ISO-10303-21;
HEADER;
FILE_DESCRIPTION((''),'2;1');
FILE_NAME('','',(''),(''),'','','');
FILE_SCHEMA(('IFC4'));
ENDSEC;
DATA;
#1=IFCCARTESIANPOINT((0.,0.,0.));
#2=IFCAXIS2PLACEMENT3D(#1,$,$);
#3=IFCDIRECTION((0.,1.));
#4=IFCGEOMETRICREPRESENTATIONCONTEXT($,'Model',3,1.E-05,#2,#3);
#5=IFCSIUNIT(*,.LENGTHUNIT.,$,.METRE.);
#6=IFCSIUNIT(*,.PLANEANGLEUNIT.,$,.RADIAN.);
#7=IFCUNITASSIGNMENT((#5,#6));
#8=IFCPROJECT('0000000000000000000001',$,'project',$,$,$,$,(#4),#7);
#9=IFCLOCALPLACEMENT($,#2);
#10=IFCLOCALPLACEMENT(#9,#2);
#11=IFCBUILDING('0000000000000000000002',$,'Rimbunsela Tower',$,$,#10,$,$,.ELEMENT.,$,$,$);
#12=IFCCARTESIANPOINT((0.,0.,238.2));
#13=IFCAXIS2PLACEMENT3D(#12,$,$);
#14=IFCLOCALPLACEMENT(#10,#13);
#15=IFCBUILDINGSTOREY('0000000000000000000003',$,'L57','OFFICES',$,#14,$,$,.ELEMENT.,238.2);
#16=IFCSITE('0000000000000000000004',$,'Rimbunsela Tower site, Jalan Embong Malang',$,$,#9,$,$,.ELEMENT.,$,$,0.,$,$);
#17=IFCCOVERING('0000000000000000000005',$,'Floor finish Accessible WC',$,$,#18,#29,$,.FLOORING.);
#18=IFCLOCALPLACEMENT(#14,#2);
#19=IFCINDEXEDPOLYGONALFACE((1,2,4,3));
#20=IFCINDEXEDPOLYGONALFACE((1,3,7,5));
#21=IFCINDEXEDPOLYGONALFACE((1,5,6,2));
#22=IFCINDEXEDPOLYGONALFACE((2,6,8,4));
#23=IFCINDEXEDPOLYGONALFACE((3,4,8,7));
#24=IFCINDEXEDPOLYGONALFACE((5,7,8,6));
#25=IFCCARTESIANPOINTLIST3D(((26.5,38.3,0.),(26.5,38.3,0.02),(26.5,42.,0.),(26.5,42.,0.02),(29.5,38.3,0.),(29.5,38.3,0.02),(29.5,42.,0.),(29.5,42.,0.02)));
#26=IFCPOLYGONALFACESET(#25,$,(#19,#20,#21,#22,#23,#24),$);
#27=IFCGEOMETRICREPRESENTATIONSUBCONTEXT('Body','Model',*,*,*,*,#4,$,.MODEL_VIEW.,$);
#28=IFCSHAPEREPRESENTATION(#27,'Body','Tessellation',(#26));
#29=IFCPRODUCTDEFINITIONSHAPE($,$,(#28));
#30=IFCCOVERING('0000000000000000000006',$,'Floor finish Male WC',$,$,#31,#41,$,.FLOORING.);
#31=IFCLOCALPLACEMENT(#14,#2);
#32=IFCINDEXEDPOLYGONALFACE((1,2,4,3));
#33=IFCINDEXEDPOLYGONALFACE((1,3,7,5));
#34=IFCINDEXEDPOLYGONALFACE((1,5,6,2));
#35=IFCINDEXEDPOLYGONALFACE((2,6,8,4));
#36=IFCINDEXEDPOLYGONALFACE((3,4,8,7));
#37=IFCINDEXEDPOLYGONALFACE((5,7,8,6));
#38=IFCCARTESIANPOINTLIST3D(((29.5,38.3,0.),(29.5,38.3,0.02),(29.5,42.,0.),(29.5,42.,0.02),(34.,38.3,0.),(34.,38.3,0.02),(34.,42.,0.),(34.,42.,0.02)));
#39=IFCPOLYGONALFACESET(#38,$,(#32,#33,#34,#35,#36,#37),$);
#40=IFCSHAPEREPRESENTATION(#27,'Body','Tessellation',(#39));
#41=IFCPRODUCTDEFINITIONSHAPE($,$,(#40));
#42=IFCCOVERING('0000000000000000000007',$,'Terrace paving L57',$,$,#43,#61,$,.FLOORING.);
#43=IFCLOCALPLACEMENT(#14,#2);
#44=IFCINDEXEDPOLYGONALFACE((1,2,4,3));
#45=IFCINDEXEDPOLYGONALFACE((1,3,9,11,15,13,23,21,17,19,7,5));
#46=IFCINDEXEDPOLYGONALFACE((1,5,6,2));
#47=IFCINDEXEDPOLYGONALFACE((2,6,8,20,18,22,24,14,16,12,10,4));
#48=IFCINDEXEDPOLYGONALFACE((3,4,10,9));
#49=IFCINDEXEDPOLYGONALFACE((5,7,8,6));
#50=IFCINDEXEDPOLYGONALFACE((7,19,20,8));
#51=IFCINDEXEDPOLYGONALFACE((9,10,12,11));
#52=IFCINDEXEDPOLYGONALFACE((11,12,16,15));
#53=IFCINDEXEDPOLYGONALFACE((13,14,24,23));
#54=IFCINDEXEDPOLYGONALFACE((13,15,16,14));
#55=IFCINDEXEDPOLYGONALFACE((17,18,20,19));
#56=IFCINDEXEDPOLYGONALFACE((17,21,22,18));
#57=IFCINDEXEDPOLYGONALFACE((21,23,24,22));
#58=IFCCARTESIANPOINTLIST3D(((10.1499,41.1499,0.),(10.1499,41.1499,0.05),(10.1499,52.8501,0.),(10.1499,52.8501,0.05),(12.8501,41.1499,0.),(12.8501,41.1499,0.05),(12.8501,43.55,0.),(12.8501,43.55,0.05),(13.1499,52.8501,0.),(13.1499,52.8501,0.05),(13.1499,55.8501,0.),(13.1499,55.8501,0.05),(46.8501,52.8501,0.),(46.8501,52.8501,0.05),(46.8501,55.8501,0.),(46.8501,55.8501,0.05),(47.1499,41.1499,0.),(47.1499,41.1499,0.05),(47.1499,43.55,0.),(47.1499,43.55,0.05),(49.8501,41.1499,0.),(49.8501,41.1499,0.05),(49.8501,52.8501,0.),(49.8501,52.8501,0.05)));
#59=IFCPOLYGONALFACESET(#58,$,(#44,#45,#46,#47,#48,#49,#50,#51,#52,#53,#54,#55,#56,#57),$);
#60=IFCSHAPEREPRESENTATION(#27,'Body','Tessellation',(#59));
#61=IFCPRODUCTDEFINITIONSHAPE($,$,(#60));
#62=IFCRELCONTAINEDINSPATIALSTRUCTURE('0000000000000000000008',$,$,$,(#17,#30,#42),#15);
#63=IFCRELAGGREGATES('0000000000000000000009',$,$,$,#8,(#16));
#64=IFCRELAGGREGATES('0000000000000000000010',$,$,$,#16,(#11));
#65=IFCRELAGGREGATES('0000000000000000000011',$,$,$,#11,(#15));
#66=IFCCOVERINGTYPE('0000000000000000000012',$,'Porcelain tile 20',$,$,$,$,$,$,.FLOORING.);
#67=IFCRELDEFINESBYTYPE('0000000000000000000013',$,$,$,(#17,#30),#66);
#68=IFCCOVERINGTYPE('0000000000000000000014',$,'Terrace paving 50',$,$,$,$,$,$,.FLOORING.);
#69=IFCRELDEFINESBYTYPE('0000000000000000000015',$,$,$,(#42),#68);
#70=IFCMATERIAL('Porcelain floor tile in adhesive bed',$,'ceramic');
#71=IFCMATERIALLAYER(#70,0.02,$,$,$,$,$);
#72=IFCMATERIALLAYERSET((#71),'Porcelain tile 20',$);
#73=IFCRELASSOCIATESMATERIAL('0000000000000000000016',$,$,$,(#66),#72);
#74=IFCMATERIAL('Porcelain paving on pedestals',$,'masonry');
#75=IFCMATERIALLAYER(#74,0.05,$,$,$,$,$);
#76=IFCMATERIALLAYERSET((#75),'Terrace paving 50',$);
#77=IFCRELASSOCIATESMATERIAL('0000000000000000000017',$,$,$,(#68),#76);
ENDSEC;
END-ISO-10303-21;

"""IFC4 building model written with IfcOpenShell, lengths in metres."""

from ifc_helpers import new_model, si_unit, direction, frame, origin, place, context, subcontext, project, spatial, polyline, outline, extrude, material, layer, layer_set, type_object, element, save


model = new_model("IFC4")

# Units and contexts
model_context = context("Model", 3, precision=1e-05, world=origin(), true_north=direction((0.0, 1.0)))
body_context = subcontext(model_context, "Body", "Model", "MODEL_VIEW")
ifc_project = project(units=[si_unit("LENGTHUNIT", "METRE"), si_unit("PLANEANGLEUNIT", "RADIAN")], contexts=[model_context])

# Site, building, storey
site_placement = place(None, origin())
site = spatial("IfcSite", under=ifc_project, at=site_placement, Name="Rimbunsela Tower site, Jalan Embong Malang", CompositionType="ELEMENT", RefElevation=0.0)
building_placement = place(site_placement, origin())
building = spatial("IfcBuilding", under=site, at=building_placement, Name="Rimbunsela Tower", CompositionType="ELEMENT")
storey_placement = place(building_placement, frame((0.0, 0.0, 238.2)))
storey = spatial("IfcBuildingStorey", under=building, at=storey_placement, Name="L57", Description="OFFICES", CompositionType="ELEMENT", Elevation=238.2)

# Coverings
ifc_material_1 = material(Name="Porcelain floor tile in adhesive bed", Category="ceramic")
ifc_layer_1 = layer(ifc_material_1, 0.02)
ifc_layer_set_1 = layer_set([ifc_layer_1], Name="Porcelain tile 20")
covering_type_1 = type_object("IfcCoveringType", Name="Porcelain tile 20", PredefinedType="FLOORING", material=ifc_layer_set_1)
covering_1_placement = place(storey_placement, origin())
element("IfcCovering", 1, at=covering_1_placement, inside=storey, type_object=covering_type_1, Name="Floor finish Accessible WC", PredefinedType="FLOORING", context=body_context, shape_type="SweptSolid", body=[
    extrude(outline(polyline([(29.5, 38.3), (29.5, 42.0), (26.5, 42.0), (26.5, 38.3), (29.5, 38.3)])), origin(), (0.0, 0.0, 1.0), 0.02),
])
covering_2_placement = place(storey_placement, origin())
element("IfcCovering", 2, at=covering_2_placement, inside=storey, type_object=covering_type_1, Name="Floor finish Male WC", PredefinedType="FLOORING", context=body_context, shape_type="SweptSolid", body=[
    extrude(outline(polyline([(34.0, 38.3), (34.0, 42.0), (29.5, 42.0), (29.5, 38.3), (34.0, 38.3)])), origin(), (0.0, 0.0, 1.0), 0.02),
])
ifc_material_2 = material(Name="Porcelain paving on pedestals", Category="masonry")
ifc_layer_2 = layer(ifc_material_2, 0.05)
ifc_layer_set_2 = layer_set([ifc_layer_2], Name="Terrace paving 50")
covering_type_2 = type_object("IfcCoveringType", Name="Terrace paving 50", PredefinedType="FLOORING", material=ifc_layer_set_2)
covering_3_placement = place(storey_placement, origin())
element("IfcCovering", 3, at=covering_3_placement, inside=storey, type_object=covering_type_2, Name="Terrace paving L57", PredefinedType="FLOORING", context=body_context, shape_type="SweptSolid", body=[
    extrude(outline(polyline([(10.1499, 52.8501), (13.1499, 52.8501), (13.1499, 55.8501), (46.8501, 55.8501), (46.8501, 52.8501), (49.8501, 52.8501), (49.8501, 41.1499), (47.1499, 41.1499), (47.1499, 43.55), (12.8501, 43.55), (12.8501, 41.1499), (10.1499, 41.1499), (10.1499, 52.8501)])), origin(), (0.0, 0.0, 1.0), 0.05),
])

save(model, "model.ifc")
